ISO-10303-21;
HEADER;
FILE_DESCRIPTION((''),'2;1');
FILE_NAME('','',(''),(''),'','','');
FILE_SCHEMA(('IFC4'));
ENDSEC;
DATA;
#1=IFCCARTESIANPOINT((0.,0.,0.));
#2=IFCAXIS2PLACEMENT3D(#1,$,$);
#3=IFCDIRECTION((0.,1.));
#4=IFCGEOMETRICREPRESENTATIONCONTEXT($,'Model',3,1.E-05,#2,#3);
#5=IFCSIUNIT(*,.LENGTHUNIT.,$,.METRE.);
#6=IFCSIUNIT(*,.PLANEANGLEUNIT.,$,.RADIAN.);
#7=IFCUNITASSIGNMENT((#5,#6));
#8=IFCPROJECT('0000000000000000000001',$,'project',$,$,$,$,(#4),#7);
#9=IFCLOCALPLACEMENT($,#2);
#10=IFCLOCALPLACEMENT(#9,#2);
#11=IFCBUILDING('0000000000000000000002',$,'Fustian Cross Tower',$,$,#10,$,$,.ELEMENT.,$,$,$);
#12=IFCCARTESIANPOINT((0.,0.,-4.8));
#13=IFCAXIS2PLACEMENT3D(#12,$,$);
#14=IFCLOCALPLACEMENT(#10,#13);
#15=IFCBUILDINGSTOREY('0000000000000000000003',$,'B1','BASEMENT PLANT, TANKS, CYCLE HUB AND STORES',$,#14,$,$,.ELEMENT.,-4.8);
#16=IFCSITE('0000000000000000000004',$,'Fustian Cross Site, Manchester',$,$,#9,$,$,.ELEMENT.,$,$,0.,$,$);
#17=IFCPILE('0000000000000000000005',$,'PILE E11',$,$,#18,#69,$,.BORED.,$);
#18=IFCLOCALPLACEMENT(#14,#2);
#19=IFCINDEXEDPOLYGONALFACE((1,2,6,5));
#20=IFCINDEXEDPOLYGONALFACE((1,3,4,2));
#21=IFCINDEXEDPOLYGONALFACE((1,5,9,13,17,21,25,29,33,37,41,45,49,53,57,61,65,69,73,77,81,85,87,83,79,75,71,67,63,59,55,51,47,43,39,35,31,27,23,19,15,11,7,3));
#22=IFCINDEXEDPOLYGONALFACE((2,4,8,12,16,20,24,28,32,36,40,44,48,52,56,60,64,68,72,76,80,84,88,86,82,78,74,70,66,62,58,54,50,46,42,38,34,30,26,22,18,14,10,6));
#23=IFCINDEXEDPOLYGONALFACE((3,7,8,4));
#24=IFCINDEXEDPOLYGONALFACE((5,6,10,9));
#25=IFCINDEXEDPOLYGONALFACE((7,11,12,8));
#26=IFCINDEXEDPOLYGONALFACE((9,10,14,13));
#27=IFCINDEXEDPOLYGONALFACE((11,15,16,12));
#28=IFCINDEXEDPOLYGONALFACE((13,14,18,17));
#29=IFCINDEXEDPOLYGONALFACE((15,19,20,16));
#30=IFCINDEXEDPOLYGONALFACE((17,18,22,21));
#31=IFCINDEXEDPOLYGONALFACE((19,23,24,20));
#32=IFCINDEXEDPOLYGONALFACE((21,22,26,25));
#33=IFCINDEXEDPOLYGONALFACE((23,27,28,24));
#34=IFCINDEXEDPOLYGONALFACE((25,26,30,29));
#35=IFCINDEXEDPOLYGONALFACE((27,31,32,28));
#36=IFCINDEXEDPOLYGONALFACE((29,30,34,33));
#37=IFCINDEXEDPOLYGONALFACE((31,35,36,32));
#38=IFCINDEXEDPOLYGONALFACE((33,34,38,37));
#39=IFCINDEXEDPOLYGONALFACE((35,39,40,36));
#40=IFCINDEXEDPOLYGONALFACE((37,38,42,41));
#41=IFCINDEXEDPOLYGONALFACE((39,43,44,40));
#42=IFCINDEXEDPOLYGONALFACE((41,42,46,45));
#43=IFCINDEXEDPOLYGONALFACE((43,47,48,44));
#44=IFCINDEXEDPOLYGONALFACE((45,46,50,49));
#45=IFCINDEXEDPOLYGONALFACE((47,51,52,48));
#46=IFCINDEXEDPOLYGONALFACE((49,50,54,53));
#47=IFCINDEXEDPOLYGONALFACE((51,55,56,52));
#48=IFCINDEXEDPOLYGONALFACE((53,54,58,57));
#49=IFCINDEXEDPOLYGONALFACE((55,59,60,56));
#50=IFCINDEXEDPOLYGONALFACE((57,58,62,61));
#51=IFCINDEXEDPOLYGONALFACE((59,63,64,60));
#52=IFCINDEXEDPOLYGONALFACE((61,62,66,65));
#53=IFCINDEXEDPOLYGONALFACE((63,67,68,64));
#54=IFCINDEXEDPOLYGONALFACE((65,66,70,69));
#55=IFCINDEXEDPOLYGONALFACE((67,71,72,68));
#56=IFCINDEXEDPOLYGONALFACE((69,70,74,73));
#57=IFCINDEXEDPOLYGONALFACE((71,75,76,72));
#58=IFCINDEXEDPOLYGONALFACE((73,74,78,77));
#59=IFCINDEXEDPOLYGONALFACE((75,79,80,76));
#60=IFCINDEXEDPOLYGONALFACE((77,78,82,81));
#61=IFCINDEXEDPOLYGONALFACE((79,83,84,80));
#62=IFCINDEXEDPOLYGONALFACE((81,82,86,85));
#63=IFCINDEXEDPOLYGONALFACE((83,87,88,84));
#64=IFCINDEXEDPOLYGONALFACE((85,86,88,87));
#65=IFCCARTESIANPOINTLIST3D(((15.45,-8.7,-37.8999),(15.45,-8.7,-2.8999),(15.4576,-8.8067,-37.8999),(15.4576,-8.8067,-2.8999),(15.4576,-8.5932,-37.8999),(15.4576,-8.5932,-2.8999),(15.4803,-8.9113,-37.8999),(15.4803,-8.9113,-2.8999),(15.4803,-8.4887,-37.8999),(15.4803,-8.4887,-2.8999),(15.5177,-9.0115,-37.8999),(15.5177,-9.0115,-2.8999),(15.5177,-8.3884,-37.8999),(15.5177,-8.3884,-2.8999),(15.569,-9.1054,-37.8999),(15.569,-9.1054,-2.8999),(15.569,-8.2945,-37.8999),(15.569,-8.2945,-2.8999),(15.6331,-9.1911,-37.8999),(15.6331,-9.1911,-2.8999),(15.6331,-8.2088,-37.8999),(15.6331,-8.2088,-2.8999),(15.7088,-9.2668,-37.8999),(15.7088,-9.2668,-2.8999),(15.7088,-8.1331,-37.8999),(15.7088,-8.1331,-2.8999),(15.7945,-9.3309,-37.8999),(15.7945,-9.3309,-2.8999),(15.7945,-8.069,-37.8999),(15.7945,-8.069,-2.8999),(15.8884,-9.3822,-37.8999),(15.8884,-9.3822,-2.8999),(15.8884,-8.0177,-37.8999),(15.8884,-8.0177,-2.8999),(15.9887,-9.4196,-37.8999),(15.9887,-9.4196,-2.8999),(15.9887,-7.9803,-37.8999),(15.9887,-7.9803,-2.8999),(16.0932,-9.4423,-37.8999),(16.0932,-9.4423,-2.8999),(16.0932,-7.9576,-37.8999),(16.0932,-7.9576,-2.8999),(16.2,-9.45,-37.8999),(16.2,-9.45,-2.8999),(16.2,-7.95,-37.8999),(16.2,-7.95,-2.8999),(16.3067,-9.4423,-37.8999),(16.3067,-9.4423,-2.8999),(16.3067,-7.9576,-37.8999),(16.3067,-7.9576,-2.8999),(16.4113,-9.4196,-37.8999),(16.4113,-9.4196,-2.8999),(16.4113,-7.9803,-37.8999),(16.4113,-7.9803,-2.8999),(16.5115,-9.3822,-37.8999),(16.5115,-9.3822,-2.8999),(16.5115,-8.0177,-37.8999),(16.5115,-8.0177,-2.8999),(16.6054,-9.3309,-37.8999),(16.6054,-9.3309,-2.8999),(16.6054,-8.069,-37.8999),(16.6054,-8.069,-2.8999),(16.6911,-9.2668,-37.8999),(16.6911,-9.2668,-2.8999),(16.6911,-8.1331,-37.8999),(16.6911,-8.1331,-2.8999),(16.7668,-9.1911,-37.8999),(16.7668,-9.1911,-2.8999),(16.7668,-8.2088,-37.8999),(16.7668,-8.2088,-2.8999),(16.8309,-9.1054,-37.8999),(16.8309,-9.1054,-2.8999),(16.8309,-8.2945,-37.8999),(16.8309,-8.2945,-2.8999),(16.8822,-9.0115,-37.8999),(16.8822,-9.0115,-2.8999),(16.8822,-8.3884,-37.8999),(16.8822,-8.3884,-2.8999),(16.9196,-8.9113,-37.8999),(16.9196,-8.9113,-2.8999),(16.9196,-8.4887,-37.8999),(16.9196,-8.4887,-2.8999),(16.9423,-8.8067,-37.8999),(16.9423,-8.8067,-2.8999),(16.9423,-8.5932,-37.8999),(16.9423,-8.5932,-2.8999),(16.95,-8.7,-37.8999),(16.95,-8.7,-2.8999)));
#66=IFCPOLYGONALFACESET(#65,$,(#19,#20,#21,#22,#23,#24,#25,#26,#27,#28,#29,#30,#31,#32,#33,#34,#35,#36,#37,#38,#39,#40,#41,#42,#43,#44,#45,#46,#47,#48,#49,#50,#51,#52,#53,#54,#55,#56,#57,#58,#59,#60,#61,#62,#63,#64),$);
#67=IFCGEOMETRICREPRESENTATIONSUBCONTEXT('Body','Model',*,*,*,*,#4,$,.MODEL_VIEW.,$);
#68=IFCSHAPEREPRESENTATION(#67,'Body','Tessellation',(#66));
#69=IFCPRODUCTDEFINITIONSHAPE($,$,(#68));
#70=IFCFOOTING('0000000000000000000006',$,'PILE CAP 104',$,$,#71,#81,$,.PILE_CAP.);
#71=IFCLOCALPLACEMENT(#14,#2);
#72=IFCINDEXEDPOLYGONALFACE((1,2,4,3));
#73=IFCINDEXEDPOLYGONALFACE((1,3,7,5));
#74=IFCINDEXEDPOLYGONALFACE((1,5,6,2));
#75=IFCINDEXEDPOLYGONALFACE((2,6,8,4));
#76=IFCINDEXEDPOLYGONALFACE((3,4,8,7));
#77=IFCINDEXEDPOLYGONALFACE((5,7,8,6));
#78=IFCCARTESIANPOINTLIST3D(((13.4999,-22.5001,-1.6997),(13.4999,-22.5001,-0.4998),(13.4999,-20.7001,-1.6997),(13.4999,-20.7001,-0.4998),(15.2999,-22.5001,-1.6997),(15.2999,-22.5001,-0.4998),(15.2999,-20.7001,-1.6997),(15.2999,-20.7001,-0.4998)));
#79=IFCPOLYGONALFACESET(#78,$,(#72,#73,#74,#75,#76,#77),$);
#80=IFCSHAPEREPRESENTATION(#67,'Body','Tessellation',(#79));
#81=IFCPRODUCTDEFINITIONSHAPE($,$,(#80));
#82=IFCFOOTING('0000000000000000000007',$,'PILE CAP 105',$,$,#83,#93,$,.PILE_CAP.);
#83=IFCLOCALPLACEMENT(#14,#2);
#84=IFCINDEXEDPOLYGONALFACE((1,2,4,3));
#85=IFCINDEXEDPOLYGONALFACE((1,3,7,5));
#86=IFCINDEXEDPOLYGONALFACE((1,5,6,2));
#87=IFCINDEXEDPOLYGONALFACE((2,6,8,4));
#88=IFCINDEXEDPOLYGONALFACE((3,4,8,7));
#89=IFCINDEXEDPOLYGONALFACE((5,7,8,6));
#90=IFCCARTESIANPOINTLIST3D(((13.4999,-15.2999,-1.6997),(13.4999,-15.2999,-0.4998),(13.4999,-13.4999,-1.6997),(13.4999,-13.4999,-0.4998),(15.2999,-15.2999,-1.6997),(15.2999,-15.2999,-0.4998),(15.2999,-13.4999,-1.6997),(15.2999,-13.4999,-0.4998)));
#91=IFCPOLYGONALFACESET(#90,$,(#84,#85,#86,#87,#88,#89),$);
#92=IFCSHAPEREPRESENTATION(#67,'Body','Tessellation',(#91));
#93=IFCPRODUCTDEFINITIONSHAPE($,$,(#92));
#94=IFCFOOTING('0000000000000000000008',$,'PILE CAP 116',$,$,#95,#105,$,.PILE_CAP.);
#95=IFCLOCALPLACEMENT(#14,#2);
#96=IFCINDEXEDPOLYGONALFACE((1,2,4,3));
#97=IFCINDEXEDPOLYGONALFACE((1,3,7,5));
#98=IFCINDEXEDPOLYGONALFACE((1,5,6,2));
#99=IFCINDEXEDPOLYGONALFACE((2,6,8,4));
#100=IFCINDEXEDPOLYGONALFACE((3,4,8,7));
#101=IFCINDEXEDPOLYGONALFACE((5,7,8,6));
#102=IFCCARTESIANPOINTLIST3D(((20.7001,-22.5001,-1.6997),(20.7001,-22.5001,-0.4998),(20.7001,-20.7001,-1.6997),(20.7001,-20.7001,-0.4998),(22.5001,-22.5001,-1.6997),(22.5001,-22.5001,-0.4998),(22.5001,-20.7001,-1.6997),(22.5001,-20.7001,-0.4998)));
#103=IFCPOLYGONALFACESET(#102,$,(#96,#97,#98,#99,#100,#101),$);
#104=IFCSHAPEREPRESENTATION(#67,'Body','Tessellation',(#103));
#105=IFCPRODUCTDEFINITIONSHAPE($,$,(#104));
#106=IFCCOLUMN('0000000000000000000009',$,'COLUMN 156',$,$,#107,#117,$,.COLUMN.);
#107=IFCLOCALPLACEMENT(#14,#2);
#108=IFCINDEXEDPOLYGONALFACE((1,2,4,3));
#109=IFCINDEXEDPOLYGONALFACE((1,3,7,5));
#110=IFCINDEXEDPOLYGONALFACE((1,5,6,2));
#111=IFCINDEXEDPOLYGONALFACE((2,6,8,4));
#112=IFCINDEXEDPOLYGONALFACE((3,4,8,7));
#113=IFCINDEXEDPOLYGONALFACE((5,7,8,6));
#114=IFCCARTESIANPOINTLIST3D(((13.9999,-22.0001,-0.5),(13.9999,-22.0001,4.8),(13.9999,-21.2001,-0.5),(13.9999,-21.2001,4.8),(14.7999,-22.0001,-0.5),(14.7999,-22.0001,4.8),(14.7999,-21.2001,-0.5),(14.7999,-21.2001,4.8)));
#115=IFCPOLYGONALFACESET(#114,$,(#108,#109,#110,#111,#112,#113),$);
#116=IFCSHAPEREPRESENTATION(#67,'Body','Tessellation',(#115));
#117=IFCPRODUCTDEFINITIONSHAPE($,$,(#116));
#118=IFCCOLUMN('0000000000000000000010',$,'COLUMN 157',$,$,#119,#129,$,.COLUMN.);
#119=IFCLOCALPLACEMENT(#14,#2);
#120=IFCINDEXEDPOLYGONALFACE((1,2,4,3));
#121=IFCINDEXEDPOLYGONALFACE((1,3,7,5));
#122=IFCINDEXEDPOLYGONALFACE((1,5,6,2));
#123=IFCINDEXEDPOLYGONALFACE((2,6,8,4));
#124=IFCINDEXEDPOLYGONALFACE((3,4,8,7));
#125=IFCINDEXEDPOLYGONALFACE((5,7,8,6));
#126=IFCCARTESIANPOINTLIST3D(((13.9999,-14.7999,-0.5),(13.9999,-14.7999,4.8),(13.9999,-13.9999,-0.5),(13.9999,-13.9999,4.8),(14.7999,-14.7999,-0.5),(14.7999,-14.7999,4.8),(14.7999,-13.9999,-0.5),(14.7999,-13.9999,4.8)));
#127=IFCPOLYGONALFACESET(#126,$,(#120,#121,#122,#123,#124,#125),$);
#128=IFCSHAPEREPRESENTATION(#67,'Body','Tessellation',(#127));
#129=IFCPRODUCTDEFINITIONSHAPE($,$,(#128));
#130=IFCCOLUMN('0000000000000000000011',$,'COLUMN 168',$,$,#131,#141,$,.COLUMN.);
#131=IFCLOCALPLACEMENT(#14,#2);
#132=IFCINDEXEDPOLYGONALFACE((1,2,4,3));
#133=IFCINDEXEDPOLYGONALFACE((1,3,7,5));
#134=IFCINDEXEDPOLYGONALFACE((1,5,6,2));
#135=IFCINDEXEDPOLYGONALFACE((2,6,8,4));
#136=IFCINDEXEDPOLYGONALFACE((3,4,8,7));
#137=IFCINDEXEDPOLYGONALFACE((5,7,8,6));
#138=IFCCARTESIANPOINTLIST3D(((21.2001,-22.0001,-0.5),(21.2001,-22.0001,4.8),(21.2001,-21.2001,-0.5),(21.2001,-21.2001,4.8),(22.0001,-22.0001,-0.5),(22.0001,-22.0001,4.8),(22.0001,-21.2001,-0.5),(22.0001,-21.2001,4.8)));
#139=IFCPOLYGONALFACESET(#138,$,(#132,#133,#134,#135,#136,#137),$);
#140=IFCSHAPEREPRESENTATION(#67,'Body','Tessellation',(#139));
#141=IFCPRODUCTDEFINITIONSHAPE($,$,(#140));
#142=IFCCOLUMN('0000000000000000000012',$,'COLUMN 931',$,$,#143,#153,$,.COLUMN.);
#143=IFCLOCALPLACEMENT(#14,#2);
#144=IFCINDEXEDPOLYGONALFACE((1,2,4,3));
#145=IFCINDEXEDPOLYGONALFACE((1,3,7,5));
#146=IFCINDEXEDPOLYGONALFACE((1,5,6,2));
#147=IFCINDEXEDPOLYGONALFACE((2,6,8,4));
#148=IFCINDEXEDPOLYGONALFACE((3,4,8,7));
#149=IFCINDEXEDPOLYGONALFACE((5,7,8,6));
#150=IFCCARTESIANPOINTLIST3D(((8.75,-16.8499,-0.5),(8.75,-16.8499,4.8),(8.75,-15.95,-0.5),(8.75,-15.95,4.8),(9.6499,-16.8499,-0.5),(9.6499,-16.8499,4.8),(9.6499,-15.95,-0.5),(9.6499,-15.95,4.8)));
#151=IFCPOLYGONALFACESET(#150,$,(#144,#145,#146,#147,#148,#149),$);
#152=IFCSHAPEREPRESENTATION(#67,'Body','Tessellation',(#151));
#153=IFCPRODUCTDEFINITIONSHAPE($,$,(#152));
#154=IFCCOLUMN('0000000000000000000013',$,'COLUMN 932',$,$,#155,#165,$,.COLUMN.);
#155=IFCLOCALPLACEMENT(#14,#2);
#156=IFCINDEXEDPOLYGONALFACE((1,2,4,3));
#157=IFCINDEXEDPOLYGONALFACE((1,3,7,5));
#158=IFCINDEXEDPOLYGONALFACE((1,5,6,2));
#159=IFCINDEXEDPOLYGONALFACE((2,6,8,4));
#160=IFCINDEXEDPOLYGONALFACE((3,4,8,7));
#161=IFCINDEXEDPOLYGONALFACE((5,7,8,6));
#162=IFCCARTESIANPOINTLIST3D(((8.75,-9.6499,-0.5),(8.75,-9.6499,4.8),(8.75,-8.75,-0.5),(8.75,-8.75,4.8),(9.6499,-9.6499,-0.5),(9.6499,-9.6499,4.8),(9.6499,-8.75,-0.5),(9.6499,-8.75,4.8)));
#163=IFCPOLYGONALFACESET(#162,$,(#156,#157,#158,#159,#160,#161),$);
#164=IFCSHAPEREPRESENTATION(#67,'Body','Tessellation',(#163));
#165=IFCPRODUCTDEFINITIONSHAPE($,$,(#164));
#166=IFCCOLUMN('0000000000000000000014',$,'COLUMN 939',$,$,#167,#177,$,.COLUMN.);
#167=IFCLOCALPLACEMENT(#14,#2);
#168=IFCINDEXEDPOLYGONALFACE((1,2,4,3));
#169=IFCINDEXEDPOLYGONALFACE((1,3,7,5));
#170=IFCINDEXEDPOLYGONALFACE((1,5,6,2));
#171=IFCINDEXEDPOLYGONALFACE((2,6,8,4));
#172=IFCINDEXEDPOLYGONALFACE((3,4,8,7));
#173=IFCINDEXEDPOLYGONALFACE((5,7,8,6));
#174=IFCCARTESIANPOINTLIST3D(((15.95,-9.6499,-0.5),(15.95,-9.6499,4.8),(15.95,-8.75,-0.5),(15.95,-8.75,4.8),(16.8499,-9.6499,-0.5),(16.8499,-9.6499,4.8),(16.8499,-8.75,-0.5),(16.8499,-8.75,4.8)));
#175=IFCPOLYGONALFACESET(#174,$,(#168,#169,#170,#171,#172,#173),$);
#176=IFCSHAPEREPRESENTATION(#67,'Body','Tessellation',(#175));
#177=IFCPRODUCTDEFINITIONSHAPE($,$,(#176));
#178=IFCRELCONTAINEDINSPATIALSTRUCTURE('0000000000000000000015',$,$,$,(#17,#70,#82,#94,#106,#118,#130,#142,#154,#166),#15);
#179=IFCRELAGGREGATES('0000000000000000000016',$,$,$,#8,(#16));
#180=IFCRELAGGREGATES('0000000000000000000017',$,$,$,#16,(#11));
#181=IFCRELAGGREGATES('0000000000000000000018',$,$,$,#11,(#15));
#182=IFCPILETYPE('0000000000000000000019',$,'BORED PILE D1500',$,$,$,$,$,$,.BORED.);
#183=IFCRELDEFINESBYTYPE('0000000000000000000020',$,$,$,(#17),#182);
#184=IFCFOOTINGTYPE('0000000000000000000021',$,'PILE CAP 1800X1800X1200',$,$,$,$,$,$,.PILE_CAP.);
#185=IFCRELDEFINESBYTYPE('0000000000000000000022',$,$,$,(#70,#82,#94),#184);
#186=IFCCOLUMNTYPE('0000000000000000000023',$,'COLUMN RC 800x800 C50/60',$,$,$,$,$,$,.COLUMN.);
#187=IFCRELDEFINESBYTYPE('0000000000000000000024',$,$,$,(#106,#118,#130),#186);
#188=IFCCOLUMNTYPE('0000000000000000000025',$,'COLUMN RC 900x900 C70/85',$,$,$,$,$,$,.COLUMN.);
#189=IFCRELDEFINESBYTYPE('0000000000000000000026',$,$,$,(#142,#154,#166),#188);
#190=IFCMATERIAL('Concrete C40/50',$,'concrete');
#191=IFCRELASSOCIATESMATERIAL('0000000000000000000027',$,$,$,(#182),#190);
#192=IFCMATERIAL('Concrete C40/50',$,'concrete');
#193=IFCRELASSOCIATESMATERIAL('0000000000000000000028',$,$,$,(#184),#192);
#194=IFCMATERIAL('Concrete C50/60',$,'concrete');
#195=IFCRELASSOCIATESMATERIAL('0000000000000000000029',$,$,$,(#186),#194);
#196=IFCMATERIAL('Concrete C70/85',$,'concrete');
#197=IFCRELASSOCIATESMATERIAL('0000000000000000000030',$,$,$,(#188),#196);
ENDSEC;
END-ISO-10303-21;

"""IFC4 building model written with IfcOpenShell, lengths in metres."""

from ifc_helpers import new_model, si_unit, direction, frame, origin, origin_2d, place, context, subcontext, project, spatial, rectangle, circle, extrude, material, material_profile, profile_set, type_object, element, save


model = new_model("IFC4")

# Units and contexts
model_context = context("Model", 3, precision=1e-05, world=origin(), true_north=direction((0.0, 1.0)))
body_context = subcontext(model_context, "Body", "Model", "MODEL_VIEW")
ifc_project = project(units=[si_unit("LENGTHUNIT", "METRE"), si_unit("PLANEANGLEUNIT", "RADIAN")], contexts=[model_context])

# Site, building, storey
site_placement = place(None, origin())
site = spatial("IfcSite", under=ifc_project, at=site_placement, Name="Fustian Cross Site, Manchester", CompositionType="ELEMENT", RefElevation=0.0)
building_placement = place(site_placement, origin())
building = spatial("IfcBuilding", under=site, at=building_placement, Name="Fustian Cross Tower", CompositionType="ELEMENT")
storey_placement = place(building_placement, frame((0.0, 0.0, -4.8)))
storey = spatial("IfcBuildingStorey", under=building, at=storey_placement, Name="B1", Description="BASEMENT PLANT, TANKS, CYCLE HUB AND STORES", CompositionType="ELEMENT", Elevation=-4.8)

# Pile
ifc_material_1 = material(Name="Concrete C40/50", Category="concrete")
ifc_material_profile_1 = material_profile(ifc_material_1, circle(Radius=0.75, at=origin_2d()), Name="BORED PILE D1500")
ifc_profile_set_1 = profile_set([ifc_material_profile_1], Name="Concrete C40/50")
pile_type_1 = type_object("IfcPileType", Name="BORED PILE D1500", PredefinedType="BORED", material=ifc_profile_set_1)
for number, where, z_axis, x_axis, name in (
    (1, (16.2, -8.7, -2.8999), (0.0, 0.0, -1.0), (1.0, 0.0, 0.0), "PILE E11"),
):
    element("IfcPile", number, at=place(storey_placement, frame(where, z_axis=z_axis, x_axis=x_axis)), inside=storey, type_object=pile_type_1, Name=name, PredefinedType="BORED", context=body_context, shape_type="SweptSolid", body=[
        extrude(circle(Radius=0.75, at=origin_2d()), origin(), (0.0, 0.0, 1.0), 35.0),
    ])

# Footings
ifc_material_2 = material(Name="Concrete C40/50", Category="concrete")
footing_type = type_object("IfcFootingType", Name="PILE CAP 1800X1800X1200", PredefinedType="PILE_CAP", material=ifc_material_2)
for number, where, z_axis, x_axis, name in (
    (2, (14.3999, -21.6001, -1.6997), (0.0, 0.0, 1.0), (1.0, 0.0, 0.0), "PILE CAP 104"),
    (3, (14.3999, -14.3999, -1.6997), (0.0, 0.0, 1.0), (1.0, 0.0, 0.0), "PILE CAP 105"),
    (4, (21.6001, -21.6001, -1.6997), (0.0, 0.0, 1.0), (1.0, 0.0, 0.0), "PILE CAP 116"),
):
    element("IfcFooting", number, at=place(storey_placement, frame(where, z_axis=z_axis, x_axis=x_axis)), inside=storey, type_object=footing_type, Name=name, PredefinedType="PILE_CAP", context=body_context, shape_type="SweptSolid", body=[
        extrude(rectangle(XDim=1.8, YDim=1.8, at=origin_2d()), origin(), (0.0, 0.0, 1.0), 1.2),
    ])

# Columns
ifc_material_3 = material(Name="Concrete C50/60", Category="concrete")
ifc_material_profile_2 = material_profile(ifc_material_3, rectangle(XDim=0.8, YDim=0.8, at=origin_2d()), Name="RC 800x800")
ifc_profile_set_2 = profile_set([ifc_material_profile_2], Name="Concrete C50/60")
column_type_1 = type_object("IfcColumnType", Name="COLUMN RC 800x800 C50/60", PredefinedType="COLUMN", material=ifc_profile_set_2)
for number, where, z_axis, x_axis, name in (
    (5, (14.3999, -21.6001, -0.5), (0.0, 0.0, 1.0), (1.0, 0.0, 0.0), "COLUMN 156"),
    (6, (14.3999, -14.3999, -0.5), (0.0, 0.0, 1.0), (1.0, 0.0, 0.0), "COLUMN 157"),
    (7, (21.6001, -21.6001, -0.5), (0.0, 0.0, 1.0), (1.0, 0.0, 0.0), "COLUMN 168"),
):
    element("IfcColumn", number, at=place(storey_placement, frame(where, z_axis=z_axis, x_axis=x_axis)), inside=storey, type_object=column_type_1, Name=name, PredefinedType="COLUMN", context=body_context, shape_type="SweptSolid", body=[
        extrude(rectangle(XDim=0.8, YDim=0.8, at=origin_2d()), origin(), (0.0, 0.0, 1.0), 5.3),
    ])
ifc_material_4 = material(Name="Concrete C70/85", Category="concrete")
ifc_material_profile_3 = material_profile(ifc_material_4, rectangle(XDim=0.8999, YDim=0.8999, at=origin_2d()), Name="RC 900x900")
ifc_profile_set_3 = profile_set([ifc_material_profile_3], Name="Concrete C70/85")
column_type_2 = type_object("IfcColumnType", Name="COLUMN RC 900x900 C70/85", PredefinedType="COLUMN", material=ifc_profile_set_3)
for number, where, z_axis, x_axis, name in (
    (8, (9.2, -16.3999, -0.5), (0.0, 0.0, 1.0), (1.0, 0.0, 0.0), "COLUMN 931"),
    (9, (9.2, -9.2, -0.5), (0.0, 0.0, 1.0), (1.0, 0.0, 0.0), "COLUMN 932"),
    (10, (16.3999, -9.2, -0.5), (0.0, 0.0, 1.0), (1.0, 0.0, 0.0), "COLUMN 939"),
):
    element("IfcColumn", number, at=place(storey_placement, frame(where, z_axis=z_axis, x_axis=x_axis)), inside=storey, type_object=column_type_2, Name=name, PredefinedType="COLUMN", context=body_context, shape_type="SweptSolid", body=[
        extrude(rectangle(XDim=0.8999, YDim=0.8999, at=origin_2d()), origin(), (0.0, 0.0, 1.0), 5.3),
    ])

save(model, "model.ifc")
